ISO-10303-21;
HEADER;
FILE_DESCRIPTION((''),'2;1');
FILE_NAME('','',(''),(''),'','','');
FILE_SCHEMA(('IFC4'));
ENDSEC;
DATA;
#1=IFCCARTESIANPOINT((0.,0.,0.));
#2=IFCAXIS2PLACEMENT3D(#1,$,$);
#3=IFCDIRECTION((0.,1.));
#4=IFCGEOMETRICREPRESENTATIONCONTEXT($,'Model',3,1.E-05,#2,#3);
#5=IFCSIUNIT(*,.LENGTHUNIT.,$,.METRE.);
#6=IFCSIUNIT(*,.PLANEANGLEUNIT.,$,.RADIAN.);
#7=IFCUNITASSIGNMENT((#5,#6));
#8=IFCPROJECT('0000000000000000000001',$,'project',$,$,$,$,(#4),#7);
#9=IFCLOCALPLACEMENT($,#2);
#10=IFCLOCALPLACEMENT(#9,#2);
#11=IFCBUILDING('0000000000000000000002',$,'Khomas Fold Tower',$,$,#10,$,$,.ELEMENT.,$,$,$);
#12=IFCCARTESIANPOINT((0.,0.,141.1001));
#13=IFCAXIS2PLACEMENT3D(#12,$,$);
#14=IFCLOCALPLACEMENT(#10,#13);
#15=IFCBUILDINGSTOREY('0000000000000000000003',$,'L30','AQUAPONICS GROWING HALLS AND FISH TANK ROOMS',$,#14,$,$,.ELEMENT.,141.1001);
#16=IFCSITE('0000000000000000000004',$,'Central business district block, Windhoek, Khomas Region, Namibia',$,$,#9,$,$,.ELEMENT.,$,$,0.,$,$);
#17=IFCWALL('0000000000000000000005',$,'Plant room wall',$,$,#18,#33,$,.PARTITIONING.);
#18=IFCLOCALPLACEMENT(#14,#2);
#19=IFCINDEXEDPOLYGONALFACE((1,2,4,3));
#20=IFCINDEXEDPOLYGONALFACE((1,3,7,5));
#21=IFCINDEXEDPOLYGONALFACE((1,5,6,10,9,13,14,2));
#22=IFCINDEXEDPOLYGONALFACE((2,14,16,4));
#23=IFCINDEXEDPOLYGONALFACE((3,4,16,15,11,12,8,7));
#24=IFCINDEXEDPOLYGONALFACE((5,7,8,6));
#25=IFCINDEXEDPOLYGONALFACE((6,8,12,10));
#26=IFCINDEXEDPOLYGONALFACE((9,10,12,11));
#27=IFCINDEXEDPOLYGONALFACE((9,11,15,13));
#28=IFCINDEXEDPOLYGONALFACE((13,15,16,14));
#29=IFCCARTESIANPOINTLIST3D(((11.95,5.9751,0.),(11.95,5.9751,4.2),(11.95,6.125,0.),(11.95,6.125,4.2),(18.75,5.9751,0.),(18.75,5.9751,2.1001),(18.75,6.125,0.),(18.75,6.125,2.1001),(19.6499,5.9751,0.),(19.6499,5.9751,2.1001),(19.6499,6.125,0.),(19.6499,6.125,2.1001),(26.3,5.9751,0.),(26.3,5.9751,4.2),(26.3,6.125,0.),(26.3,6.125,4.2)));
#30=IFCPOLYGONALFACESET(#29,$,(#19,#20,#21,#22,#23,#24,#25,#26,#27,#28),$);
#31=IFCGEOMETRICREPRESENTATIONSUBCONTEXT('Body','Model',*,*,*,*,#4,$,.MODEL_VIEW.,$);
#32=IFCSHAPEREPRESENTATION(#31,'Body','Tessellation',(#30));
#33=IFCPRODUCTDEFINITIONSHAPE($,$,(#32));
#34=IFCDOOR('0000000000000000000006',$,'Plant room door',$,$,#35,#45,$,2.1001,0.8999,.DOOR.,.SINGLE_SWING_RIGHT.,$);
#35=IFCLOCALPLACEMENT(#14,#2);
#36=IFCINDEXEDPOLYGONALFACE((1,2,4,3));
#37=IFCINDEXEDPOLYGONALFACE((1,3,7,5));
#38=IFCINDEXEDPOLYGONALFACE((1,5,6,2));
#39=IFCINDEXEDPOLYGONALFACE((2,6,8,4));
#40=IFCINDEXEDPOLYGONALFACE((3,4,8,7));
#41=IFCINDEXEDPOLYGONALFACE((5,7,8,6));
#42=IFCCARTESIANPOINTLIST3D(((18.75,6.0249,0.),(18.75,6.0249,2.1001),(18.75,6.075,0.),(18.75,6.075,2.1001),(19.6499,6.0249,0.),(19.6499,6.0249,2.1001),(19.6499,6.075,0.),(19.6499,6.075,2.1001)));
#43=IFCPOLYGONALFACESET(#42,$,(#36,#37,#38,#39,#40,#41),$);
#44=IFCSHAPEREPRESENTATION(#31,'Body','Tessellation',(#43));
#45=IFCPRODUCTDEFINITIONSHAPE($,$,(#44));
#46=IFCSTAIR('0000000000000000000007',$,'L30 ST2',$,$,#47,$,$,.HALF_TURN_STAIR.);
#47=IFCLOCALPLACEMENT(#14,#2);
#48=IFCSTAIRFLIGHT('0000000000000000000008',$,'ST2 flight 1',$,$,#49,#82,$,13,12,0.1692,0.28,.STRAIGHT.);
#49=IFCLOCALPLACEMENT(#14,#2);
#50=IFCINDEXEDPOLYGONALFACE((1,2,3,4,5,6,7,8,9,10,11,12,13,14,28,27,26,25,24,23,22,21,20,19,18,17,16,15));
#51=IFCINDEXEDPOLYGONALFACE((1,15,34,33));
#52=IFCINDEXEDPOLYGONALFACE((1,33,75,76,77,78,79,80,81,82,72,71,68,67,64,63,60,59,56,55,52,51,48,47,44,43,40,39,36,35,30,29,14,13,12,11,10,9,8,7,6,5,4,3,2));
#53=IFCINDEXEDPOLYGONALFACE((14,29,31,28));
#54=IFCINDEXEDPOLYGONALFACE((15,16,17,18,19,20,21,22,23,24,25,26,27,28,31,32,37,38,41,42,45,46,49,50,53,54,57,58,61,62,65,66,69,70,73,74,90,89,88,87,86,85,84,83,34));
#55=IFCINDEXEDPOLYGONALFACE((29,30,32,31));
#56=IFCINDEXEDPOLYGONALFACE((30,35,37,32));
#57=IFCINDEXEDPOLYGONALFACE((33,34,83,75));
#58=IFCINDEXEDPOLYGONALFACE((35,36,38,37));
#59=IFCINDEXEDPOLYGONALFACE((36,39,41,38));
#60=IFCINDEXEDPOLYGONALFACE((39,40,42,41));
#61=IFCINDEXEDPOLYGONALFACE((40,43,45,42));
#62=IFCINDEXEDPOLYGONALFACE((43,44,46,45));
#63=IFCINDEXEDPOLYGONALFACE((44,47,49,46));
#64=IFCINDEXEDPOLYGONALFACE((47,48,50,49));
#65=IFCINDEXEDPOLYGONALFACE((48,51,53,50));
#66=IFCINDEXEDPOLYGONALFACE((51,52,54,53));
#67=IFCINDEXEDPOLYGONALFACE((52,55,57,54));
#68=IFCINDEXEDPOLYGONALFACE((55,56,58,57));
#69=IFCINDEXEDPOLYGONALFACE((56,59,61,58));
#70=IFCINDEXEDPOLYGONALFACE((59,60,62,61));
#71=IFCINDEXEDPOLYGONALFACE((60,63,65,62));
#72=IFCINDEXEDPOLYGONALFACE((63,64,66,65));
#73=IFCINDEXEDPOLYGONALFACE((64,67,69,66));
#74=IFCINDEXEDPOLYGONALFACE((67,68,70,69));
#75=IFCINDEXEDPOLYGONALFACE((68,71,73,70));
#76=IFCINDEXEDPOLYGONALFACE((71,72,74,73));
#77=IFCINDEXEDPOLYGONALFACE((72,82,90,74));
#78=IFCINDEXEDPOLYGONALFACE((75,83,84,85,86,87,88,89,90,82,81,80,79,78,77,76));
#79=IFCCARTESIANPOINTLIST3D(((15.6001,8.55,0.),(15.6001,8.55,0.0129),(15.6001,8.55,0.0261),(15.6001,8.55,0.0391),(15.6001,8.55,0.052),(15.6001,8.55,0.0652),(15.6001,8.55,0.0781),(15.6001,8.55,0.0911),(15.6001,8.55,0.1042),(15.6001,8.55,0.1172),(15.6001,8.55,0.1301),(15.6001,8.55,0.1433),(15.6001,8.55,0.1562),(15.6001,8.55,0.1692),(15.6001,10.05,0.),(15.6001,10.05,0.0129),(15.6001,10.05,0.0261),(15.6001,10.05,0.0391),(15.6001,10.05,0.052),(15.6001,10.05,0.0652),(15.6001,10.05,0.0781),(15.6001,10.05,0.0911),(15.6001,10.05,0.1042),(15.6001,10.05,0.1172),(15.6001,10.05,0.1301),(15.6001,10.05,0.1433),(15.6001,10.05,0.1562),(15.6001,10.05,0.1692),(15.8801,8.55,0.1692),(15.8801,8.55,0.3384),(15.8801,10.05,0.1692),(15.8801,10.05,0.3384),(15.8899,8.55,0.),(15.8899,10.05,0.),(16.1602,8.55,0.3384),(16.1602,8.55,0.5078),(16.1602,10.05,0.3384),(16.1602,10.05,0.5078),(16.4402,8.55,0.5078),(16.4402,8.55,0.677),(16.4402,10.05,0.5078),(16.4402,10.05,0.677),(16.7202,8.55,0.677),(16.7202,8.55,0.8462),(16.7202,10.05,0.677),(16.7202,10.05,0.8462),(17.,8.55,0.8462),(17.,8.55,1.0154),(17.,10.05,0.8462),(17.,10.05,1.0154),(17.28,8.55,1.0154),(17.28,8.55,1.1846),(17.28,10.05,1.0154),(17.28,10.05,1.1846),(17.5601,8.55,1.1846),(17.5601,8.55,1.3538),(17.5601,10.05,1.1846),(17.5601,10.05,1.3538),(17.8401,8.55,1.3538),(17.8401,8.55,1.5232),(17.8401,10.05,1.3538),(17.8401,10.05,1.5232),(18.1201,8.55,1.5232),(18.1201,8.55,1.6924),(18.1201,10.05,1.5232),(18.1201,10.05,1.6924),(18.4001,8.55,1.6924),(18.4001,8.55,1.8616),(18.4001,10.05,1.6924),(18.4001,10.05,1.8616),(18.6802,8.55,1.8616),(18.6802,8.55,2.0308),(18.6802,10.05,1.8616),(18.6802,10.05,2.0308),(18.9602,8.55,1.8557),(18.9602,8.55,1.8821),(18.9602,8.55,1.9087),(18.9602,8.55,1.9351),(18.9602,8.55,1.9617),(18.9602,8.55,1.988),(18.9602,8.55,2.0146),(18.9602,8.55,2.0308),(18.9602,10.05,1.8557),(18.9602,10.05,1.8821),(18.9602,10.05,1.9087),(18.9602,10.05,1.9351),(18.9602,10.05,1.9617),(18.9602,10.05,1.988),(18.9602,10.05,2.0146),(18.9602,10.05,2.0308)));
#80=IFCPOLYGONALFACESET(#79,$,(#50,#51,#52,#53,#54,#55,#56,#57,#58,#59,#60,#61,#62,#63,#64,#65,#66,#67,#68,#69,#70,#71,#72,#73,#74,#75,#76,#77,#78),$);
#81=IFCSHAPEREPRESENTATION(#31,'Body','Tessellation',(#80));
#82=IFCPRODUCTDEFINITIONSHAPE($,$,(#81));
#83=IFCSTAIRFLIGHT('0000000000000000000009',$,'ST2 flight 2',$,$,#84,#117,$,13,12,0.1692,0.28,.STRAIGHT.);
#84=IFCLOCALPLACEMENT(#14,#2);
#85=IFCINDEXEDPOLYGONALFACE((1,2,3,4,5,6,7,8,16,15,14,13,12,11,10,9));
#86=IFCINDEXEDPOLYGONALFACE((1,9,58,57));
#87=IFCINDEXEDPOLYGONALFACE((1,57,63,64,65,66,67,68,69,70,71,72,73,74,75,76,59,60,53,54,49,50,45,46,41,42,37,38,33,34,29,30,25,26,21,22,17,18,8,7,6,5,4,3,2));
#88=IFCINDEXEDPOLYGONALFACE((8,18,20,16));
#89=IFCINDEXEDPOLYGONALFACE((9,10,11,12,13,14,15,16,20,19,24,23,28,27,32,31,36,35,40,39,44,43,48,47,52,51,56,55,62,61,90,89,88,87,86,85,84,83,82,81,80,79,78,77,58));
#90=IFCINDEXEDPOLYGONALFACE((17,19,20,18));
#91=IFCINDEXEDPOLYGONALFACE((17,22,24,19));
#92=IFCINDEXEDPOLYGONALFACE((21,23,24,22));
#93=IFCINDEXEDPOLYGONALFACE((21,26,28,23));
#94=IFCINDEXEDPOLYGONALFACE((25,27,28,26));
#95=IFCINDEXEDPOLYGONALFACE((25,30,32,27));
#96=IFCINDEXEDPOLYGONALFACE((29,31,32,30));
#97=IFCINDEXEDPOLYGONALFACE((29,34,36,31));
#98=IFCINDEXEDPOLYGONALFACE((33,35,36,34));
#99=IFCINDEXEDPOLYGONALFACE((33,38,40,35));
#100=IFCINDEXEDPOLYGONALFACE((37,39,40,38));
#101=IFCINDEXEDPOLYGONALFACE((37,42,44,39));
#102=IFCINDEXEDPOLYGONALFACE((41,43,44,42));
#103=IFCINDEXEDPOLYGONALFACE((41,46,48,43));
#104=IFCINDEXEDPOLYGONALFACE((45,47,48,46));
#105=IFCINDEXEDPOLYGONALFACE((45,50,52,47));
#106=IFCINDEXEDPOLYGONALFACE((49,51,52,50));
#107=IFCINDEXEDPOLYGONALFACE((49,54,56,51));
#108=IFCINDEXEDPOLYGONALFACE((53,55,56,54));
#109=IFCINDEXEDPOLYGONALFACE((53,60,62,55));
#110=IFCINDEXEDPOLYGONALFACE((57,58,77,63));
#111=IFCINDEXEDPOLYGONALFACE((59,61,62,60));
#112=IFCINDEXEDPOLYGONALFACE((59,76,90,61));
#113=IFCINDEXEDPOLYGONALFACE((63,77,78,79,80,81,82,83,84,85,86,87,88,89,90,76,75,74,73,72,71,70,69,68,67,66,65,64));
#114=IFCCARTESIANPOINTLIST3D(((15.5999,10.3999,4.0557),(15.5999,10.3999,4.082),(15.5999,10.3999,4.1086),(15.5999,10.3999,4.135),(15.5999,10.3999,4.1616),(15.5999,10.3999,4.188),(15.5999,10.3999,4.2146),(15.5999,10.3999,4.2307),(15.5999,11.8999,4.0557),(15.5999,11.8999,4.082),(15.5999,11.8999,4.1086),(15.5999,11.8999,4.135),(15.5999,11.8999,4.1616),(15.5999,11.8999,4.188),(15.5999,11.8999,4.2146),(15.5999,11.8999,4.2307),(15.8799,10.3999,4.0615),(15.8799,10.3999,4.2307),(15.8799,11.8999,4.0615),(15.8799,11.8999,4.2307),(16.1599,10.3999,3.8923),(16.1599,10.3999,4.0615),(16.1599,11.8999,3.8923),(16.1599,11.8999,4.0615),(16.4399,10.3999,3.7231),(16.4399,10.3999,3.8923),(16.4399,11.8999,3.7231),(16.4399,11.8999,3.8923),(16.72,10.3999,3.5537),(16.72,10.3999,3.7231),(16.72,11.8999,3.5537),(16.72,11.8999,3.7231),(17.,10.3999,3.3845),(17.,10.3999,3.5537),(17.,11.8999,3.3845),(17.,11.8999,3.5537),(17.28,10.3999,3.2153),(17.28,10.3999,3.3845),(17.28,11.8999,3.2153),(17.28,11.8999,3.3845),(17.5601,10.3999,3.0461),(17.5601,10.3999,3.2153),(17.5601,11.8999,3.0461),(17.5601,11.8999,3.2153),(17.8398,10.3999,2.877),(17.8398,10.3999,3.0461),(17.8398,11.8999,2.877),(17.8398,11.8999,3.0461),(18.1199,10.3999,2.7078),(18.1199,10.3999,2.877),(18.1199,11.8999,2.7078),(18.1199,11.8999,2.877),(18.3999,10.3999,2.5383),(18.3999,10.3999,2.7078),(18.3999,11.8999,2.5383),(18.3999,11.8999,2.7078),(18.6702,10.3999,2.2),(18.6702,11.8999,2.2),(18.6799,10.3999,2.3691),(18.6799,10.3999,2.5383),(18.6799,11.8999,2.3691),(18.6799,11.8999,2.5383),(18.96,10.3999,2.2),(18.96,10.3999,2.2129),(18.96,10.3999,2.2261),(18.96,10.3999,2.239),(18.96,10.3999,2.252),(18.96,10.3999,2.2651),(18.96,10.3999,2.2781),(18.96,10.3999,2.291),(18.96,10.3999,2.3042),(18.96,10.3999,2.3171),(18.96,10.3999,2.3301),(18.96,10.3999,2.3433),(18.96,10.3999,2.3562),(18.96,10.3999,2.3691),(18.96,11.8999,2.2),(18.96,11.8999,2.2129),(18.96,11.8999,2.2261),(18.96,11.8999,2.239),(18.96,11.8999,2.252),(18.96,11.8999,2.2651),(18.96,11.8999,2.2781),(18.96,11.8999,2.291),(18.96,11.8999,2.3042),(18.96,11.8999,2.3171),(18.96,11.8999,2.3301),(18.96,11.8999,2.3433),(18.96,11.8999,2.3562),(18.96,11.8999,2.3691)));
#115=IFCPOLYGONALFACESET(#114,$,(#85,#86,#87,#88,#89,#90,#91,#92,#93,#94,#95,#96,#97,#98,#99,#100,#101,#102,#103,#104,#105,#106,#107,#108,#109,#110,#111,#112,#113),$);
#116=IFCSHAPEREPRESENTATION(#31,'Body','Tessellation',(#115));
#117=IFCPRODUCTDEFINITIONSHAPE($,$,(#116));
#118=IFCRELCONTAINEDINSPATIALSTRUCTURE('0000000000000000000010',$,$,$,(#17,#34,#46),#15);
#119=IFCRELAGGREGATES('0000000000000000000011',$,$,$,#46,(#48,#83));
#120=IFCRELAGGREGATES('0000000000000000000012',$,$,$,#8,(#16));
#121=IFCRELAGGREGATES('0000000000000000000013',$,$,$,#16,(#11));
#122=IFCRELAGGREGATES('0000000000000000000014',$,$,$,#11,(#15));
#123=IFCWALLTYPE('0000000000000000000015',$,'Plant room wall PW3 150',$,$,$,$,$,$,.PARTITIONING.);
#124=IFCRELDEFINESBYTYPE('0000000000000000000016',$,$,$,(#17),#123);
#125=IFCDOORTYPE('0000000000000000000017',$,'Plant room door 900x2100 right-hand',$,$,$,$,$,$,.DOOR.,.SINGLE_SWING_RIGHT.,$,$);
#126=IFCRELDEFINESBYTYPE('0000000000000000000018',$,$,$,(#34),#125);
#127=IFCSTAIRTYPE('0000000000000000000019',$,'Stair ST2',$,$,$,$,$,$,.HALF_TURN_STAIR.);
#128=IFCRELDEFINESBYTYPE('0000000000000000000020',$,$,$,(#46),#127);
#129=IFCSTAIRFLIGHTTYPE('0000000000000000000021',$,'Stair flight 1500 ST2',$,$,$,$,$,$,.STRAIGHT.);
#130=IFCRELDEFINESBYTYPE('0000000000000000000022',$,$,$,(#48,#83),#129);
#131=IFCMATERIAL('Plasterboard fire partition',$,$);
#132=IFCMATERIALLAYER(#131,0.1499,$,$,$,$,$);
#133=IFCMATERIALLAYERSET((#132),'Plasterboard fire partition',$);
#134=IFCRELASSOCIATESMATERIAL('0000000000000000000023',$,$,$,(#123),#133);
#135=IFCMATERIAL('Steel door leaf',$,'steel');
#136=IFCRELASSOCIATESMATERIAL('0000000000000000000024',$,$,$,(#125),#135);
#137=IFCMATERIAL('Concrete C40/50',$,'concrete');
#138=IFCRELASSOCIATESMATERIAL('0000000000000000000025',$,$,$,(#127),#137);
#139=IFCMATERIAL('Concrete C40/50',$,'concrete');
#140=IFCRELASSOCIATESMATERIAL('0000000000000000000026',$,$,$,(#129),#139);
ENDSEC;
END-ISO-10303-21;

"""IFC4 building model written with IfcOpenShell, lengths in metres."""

from ifc_helpers import new_model, si_unit, direction, frame, frame_2d, origin, place, context, subcontext, project, spatial, polyline, rectangle, outline, extrude, source, transform, mapped, material, layer, layer_set, type_object, element, fill, aggregate, save


model = new_model("IFC4")

# Units and contexts
model_context = context("Model", 3, precision=1e-05, world=origin(), true_north=direction((0.0, 1.0)))
body_context = subcontext(model_context, "Body", "Model", "MODEL_VIEW")
ifc_project = project(units=[si_unit("LENGTHUNIT", "METRE"), si_unit("PLANEANGLEUNIT", "RADIAN")], contexts=[model_context])

# Site, building, storey
site_placement = place(None, origin())
site = spatial("IfcSite", under=ifc_project, at=site_placement, Name="Central business district block, Windhoek, Khomas Region, Namibia", CompositionType="ELEMENT", RefElevation=0.0)
building_placement = place(site_placement, origin())
building = spatial("IfcBuilding", under=site, at=building_placement, Name="Khomas Fold Tower", CompositionType="ELEMENT")
storey_placement = place(building_placement, frame((0.0, 0.0, 141.1001)))
storey = spatial("IfcBuildingStorey", under=building, at=storey_placement, Name="L30", Description="AQUAPONICS GROWING HALLS AND FISH TANK ROOMS", CompositionType="ELEMENT", Elevation=141.1001)

# Wall, opening, door
ifc_material_1 = material(Name="Plasterboard fire partition")
ifc_layer_1 = layer(ifc_material_1, 0.1499)
ifc_layer_set_1 = layer_set([ifc_layer_1], Name="Plasterboard fire partition")
wall_type_1 = type_object("IfcWallType", Name="Plant room wall PW3 150", PredefinedType="PARTITIONING", material=ifc_layer_set_1)
shared_shape_1 = source(origin(), body_context, "Body", "SweptSolid", [
    extrude(rectangle(XDim=14.3501, YDim=0.1499, at=frame_2d((7.175, 0.0))), origin(), (0.0, 0.0, 1.0), 4.2),
])
wall_1_placement = place(storey_placement, frame((11.95, 6.05, 0.0), z_axis=(0.0, 0.0, 1.0), x_axis=(1.0, 0.0, 0.0)))
wall_1 = element("IfcWall", 1, at=wall_1_placement, inside=storey, type_object=wall_type_1, Name="Plant room wall", PredefinedType="PARTITIONING", context=body_context, shape_type="MappedRepresentation", body=[
    mapped(shared_shape_1, transform((0.0, 0.0, 0.0))),
])
shared_shape_2 = source(origin(), body_context, "Body", "SweptSolid", [
    extrude(rectangle(XDim=0.8999, YDim=2.1001, at=frame_2d((0.45, 1.05))), frame((0.0, 0.085, 0.0), z_axis=(0.0, -1.0, 0.0), x_axis=(1.0, 0.0, 0.0)), (0.0, 0.0, 1.0), 0.1699),
])
opening_1_placement = place(wall_1_placement, frame((6.8, 0.0, 0.0)))
opening_1 = element("IfcOpeningElement", 2, at=opening_1_placement, cuts=wall_1, PredefinedType="OPENING", context=body_context, shape_type="MappedRepresentation", body=[
    mapped(shared_shape_2, transform((0.0, 0.0, 0.0))),
])
ifc_material_2 = material(Name="Steel door leaf", Category="steel")
door_type_1 = type_object("IfcDoorType", Name="Plant room door 900x2100 right-hand", OperationType="SINGLE_SWING_RIGHT", PredefinedType="DOOR", material=ifc_material_2)
shared_shape_3 = source(origin(), body_context, "Body", "SweptSolid", [
    extrude(rectangle(XDim=0.8999, YDim=2.1001, at=frame_2d((0.45, 1.05))), frame((0.0, 0.0249, 0.0), z_axis=(0.0, -1.0, 0.0), x_axis=(1.0, 0.0, 0.0)), (0.0, 0.0, 1.0), 0.05),
])
door_1_placement = place(opening_1_placement, origin())
door_1 = element("IfcDoor", 3, at=door_1_placement, inside=storey, type_object=door_type_1, Name="Plant room door", OperationType="SINGLE_SWING_RIGHT", OverallHeight=2.1001, OverallWidth=0.8999, PredefinedType="DOOR", context=body_context, shape_type="MappedRepresentation", body=[
    mapped(shared_shape_3, transform((0.0, 0.0, 0.0))),
])
fill(opening_1, door_1)

# Stair, stair flights
ifc_material_3 = material(Name="Concrete C40/50", Category="concrete")
stair_type = type_object("IfcStairType", Name="Stair ST2", PredefinedType="HALF_TURN_STAIR", material=ifc_material_3)
stair_placement = place(storey_placement, origin())
stair = element("IfcStair", 4, at=stair_placement, inside=storey, type_object=stair_type, Name="L30 ST2", PredefinedType="HALF_TURN_STAIR")
ifc_material_4 = material(Name="Concrete C40/50", Category="concrete")
stair_flight_type = type_object("IfcStairFlightType", Name="Stair flight 1500 ST2", PredefinedType="STRAIGHT", material=ifc_material_4)
shared_shape_4 = source(origin(), body_context, "Body", "SweptSolid", [
    extrude(outline(polyline([(0.0, 0.0), (0.0, 0.0129), (0.0, 0.0261), (0.0, 0.0391), (0.0, 0.052), (0.0, 0.0652), (0.0, 0.0781), (0.0, 0.0911), (0.0, 0.1042), (0.0, 0.1172), (0.0, 0.1301), (0.0, 0.1433), (0.0, 0.1562), (0.0, 0.1692), (0.28, 0.1692), (0.28, 0.3384), (0.5601, 0.3384), (0.5601, 0.5078), (0.8401, 0.5078), (0.8401, 0.677), (1.1201, 0.677), (1.1201, 0.8462), (1.3999, 0.8462), (1.3999, 1.0154), (1.6799, 1.0154), (1.6799, 1.1846), (1.96, 1.1846), (1.96, 1.3538), (2.24, 1.3538), (2.24, 1.5232), (2.52, 1.5232), (2.52, 1.6924), (2.8, 1.6924), (2.8, 1.8616), (3.0801, 1.8616), (3.0801, 2.0308), (3.3601, 2.0308), (3.3601, 2.2), (3.3601, 2.1736), (3.3601, 2.147), (3.3601, 2.1206), (3.3601, 2.094), (3.3601, 2.0676), (3.3601, 2.041), (3.3601, 2.0146), (3.3601, 1.988), (3.3601, 1.9617), (3.3601, 1.9351), (3.3601, 1.9087), (3.3601, 1.8821), (3.3601, 1.8557), (0.2898, 0.0), (0.0, 0.0)])), frame((0.0, 0.75, 0.0), z_axis=(0.0, -1.0, 0.0), x_axis=(1.0, 0.0, 0.0)), (0.0, 0.0, 1.0), 1.5),
])
stair_flight_1_placement = place(storey_placement, frame((15.6001, 9.3, 0.0), z_axis=(0.0, 0.0, 1.0), x_axis=(1.0, 0.0, 0.0)))
stair_flight_1 = element("IfcStairFlight", 5, at=stair_flight_1_placement, type_object=stair_flight_type, Name="ST2 flight 1", NumberOfRisers=13, NumberOfTreads=12, PredefinedType="STRAIGHT", RiserHeight=0.1692, TreadLength=0.28, context=body_context, shape_type="MappedRepresentation", body=[
    mapped(shared_shape_4, transform((0.0, 0.0, 0.0))),
])
stair_flight_2_placement = place(storey_placement, frame((18.96, 11.1499, 2.2), z_axis=(0.0, 0.0, 1.0), x_axis=(-1.0, 0.0, 0.0)))
stair_flight_2 = element("IfcStairFlight", 6, at=stair_flight_2_placement, type_object=stair_flight_type, Name="ST2 flight 2", NumberOfRisers=13, NumberOfTreads=12, PredefinedType="STRAIGHT", RiserHeight=0.1692, TreadLength=0.28, context=body_context, shape_type="MappedRepresentation", body=[
    mapped(shared_shape_4, transform((0.0, 0.0, 0.0))),
])
aggregate(stair, [stair_flight_1, stair_flight_2])

save(model, "model.ifc")
